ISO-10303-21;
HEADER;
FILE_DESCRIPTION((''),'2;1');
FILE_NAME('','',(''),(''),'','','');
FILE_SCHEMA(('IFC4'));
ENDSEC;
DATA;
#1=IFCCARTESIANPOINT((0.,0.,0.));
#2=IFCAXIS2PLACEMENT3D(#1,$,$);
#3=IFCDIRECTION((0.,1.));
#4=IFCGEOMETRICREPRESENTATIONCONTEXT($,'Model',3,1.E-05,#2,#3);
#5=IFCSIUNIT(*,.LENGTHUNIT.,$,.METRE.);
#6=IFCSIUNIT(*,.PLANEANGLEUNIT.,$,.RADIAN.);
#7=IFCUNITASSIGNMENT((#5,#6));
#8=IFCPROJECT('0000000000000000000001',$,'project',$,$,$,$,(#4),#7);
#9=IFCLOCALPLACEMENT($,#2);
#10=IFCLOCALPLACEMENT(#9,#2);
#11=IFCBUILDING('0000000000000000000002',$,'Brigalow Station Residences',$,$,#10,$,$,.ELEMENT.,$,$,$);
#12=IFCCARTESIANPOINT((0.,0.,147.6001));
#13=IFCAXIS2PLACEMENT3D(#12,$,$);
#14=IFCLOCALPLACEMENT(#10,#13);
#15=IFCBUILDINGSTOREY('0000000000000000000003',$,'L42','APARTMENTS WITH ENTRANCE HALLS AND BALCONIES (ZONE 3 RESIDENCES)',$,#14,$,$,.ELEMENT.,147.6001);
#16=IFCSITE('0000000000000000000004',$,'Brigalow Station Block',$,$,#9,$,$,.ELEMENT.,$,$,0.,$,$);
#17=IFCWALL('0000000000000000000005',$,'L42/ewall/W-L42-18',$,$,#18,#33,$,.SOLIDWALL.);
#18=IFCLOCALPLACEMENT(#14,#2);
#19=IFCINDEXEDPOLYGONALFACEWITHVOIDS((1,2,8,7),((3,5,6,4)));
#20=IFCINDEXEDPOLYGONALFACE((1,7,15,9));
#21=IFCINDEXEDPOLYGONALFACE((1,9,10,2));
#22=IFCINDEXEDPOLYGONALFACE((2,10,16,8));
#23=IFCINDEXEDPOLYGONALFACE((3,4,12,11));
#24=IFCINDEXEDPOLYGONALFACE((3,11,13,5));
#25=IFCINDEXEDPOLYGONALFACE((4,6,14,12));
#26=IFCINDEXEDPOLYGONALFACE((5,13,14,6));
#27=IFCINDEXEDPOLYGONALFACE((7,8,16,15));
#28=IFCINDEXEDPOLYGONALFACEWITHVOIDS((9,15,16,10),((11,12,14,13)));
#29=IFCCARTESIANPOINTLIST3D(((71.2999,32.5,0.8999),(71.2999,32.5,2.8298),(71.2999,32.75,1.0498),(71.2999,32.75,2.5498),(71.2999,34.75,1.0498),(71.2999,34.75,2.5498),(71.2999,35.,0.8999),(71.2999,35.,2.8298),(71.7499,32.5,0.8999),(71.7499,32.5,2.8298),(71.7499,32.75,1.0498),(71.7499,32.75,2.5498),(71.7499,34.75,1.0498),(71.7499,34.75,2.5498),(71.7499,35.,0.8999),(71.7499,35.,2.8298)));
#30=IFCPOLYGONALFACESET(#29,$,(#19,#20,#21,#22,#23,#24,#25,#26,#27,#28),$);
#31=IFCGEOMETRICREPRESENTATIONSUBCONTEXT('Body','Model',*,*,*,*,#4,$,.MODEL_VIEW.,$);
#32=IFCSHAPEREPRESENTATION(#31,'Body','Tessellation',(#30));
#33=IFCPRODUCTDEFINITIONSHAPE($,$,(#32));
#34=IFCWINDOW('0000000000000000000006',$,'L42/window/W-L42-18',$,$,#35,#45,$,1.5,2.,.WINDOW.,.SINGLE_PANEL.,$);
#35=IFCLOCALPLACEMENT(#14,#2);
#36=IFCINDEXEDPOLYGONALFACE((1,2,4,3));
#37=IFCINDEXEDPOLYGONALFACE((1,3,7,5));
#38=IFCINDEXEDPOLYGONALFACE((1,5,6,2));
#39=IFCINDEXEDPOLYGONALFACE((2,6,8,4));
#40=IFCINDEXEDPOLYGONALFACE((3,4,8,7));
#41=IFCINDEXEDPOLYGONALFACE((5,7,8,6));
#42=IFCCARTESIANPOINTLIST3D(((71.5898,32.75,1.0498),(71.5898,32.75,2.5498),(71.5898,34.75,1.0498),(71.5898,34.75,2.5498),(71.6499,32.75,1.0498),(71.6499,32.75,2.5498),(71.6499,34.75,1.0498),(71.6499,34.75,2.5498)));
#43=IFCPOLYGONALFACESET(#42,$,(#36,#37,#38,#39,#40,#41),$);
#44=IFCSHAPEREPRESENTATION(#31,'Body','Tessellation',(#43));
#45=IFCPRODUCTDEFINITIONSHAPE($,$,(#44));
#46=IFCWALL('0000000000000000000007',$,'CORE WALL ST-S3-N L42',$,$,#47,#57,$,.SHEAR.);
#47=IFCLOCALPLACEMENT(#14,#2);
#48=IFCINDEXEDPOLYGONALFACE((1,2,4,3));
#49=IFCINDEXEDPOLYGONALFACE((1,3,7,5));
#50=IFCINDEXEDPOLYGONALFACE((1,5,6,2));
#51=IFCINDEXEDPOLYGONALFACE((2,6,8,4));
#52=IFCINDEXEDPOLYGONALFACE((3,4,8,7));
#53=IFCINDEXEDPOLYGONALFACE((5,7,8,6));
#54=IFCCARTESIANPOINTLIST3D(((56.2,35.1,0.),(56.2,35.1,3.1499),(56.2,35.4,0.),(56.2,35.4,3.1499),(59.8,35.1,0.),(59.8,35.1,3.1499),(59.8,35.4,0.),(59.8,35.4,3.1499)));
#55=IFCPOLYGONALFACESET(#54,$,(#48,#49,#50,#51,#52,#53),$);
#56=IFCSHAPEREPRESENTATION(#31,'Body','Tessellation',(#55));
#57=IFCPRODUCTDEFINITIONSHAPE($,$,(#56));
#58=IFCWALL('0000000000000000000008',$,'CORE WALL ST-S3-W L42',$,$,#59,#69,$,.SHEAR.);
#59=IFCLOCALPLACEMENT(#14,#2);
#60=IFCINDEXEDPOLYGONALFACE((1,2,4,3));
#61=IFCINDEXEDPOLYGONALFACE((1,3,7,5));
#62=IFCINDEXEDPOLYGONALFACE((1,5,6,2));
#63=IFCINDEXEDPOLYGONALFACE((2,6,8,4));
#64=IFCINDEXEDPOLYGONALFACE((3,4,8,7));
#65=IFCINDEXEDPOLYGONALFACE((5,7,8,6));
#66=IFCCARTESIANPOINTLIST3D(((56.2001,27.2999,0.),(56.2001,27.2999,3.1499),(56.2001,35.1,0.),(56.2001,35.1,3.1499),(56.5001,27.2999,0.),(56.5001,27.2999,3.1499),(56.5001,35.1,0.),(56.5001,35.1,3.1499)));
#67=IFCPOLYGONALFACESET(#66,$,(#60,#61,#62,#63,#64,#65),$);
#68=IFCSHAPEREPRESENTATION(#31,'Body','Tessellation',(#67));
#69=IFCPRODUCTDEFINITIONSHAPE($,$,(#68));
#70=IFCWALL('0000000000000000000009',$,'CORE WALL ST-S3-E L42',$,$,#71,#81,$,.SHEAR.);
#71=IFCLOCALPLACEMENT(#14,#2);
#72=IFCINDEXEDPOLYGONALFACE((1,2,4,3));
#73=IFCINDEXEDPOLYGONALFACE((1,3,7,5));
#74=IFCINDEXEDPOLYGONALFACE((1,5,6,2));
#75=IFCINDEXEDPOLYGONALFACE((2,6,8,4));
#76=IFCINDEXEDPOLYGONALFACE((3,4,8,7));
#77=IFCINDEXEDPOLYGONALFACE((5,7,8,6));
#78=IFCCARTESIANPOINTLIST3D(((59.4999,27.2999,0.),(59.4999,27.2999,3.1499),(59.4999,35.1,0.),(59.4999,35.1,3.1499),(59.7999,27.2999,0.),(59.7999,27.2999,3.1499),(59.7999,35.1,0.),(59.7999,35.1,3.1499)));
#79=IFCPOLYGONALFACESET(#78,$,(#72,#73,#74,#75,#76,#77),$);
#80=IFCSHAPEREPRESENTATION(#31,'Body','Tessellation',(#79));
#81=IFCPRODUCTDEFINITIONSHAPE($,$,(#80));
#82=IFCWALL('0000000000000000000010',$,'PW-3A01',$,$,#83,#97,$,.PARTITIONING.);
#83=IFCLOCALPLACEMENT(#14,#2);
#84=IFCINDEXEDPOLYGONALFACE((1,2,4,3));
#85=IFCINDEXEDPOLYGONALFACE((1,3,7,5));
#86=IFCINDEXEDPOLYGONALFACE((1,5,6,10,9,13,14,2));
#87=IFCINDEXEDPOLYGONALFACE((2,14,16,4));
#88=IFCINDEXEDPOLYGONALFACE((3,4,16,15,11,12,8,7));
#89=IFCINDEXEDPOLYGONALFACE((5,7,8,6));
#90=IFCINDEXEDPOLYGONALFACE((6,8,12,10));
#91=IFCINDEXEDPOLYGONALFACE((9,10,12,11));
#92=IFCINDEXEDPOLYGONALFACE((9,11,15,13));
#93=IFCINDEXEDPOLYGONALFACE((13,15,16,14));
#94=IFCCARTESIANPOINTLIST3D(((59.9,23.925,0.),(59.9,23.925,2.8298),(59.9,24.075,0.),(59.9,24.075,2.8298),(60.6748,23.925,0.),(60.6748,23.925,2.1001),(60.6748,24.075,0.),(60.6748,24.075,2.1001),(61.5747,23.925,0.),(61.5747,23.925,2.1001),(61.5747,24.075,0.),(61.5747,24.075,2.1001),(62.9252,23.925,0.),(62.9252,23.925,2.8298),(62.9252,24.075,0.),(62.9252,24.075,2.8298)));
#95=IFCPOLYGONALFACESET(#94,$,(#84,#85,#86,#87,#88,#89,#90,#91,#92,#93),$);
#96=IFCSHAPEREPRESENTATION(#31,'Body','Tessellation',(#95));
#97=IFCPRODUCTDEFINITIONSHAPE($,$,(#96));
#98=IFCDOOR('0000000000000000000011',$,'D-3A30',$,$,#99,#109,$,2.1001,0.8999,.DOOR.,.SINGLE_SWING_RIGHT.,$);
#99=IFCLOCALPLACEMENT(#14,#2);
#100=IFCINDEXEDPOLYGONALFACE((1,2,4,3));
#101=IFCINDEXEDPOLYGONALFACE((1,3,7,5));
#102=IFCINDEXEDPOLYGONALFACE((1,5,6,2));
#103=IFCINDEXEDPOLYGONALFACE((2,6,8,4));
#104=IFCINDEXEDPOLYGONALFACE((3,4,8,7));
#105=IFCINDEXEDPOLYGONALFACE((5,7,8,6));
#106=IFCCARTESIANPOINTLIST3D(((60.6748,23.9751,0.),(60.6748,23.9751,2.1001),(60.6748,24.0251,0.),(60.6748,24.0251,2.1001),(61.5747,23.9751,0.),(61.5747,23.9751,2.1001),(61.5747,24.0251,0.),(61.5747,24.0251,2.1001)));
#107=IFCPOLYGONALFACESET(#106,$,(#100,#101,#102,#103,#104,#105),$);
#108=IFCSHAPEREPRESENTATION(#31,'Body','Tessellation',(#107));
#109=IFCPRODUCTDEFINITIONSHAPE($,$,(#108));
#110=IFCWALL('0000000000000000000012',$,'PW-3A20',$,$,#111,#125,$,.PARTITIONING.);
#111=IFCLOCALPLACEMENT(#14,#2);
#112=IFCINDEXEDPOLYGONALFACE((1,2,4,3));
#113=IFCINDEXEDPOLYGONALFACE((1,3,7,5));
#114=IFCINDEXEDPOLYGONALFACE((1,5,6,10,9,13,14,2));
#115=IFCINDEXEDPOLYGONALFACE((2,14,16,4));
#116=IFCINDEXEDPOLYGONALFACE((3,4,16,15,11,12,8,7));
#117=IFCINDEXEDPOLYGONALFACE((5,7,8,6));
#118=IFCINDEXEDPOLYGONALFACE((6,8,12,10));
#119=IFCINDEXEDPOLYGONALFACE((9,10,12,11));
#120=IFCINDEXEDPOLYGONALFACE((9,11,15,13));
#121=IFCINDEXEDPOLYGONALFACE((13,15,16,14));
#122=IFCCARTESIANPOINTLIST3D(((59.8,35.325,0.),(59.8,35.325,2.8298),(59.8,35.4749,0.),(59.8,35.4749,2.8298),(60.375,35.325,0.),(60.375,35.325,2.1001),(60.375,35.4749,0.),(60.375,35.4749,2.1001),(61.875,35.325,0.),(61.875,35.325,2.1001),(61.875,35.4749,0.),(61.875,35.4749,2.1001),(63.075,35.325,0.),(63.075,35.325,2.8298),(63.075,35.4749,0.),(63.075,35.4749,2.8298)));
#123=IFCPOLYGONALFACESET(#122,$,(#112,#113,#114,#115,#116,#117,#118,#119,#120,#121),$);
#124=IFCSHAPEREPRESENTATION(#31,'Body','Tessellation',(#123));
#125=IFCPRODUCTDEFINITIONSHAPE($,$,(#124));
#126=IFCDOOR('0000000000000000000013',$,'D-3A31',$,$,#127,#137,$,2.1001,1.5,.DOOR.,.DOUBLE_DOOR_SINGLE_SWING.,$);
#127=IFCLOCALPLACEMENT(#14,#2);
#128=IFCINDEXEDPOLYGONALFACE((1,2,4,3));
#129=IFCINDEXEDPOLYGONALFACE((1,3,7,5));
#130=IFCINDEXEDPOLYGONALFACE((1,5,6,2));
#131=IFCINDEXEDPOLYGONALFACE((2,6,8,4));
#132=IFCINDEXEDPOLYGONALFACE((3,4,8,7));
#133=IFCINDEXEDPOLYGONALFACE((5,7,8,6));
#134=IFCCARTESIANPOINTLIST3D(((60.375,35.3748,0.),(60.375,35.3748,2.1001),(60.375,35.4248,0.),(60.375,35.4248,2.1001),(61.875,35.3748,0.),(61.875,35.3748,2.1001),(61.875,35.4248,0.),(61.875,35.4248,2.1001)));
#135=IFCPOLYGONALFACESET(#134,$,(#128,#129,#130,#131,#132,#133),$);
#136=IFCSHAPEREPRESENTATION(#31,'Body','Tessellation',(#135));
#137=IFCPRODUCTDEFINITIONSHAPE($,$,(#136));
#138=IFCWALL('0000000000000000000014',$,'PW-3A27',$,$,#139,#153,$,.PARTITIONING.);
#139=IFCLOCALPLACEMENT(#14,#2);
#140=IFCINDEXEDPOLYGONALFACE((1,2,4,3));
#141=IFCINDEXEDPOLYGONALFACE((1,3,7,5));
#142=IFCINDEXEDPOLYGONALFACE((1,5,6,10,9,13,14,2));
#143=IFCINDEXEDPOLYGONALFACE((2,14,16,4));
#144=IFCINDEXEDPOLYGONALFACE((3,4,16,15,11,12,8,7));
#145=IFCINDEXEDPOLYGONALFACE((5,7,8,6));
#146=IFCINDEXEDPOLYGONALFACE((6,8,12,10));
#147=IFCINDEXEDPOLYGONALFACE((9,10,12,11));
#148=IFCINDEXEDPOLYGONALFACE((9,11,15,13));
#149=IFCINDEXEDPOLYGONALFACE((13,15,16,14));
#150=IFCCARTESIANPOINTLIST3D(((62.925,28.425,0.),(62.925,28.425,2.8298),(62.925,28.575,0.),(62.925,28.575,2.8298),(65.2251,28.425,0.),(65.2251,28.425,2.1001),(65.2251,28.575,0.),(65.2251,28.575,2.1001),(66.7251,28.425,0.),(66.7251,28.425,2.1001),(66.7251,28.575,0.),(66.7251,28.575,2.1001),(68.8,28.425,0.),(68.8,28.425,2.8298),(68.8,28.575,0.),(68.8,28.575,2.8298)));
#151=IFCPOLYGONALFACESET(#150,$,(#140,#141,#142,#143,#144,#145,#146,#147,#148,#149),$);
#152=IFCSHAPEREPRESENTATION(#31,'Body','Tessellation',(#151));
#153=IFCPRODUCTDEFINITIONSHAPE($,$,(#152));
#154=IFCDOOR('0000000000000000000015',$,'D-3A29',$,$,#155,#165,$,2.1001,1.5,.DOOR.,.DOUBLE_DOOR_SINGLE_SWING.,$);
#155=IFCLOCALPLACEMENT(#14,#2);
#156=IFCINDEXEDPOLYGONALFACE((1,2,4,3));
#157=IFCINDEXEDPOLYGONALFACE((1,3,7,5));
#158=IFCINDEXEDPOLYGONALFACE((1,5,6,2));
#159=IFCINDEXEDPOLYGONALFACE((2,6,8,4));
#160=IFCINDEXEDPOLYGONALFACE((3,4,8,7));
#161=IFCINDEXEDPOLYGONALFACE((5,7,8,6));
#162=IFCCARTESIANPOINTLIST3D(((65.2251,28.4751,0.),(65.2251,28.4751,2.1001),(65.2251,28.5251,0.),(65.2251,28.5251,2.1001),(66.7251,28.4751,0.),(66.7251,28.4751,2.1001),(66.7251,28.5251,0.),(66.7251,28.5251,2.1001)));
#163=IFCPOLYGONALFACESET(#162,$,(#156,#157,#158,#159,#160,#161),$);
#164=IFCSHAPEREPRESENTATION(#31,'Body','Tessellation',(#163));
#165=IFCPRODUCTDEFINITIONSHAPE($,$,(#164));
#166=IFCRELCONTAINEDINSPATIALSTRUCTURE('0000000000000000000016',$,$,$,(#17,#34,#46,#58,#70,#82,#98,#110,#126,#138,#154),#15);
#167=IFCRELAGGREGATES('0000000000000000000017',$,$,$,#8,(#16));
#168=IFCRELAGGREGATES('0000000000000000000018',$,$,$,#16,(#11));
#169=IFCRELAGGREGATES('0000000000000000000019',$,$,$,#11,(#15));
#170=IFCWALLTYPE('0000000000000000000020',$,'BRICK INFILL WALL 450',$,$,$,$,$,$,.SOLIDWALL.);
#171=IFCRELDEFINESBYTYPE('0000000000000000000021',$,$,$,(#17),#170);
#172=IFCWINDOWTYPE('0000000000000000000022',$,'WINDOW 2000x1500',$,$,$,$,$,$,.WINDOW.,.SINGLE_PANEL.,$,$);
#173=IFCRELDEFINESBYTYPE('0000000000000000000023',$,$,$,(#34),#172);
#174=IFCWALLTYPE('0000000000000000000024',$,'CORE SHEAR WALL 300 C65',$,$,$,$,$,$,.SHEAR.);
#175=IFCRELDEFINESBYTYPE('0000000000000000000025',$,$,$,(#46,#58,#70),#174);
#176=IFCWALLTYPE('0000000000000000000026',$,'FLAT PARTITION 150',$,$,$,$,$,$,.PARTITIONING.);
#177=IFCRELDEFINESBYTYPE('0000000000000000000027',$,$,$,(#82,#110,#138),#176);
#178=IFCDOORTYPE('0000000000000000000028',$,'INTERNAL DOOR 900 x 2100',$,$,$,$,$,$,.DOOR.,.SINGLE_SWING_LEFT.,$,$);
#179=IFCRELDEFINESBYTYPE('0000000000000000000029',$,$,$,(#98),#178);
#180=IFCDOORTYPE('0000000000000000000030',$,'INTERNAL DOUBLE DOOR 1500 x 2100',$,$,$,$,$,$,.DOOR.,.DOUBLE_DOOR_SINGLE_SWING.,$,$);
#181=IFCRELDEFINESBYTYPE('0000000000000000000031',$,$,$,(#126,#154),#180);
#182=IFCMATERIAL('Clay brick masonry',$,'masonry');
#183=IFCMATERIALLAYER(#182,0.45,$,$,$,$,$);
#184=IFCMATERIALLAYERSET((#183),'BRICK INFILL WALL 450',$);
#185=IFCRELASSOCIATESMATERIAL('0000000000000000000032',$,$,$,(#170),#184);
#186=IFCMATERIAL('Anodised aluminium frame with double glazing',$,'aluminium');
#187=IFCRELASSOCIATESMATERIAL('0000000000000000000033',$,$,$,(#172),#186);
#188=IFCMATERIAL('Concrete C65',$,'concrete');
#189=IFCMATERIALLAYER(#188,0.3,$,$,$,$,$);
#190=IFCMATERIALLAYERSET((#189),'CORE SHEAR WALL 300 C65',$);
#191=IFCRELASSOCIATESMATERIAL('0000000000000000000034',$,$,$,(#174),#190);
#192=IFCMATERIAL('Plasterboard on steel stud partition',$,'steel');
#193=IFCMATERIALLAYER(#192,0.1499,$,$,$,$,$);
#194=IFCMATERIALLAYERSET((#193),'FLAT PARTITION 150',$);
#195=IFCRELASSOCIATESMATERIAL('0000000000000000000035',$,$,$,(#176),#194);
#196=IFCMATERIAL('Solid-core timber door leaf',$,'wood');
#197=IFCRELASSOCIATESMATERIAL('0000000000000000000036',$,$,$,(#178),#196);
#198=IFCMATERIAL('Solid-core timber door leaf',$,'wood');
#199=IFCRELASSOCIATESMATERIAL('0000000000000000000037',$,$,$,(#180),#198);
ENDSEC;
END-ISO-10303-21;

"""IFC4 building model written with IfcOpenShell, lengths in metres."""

from ifc_helpers import new_model, si_unit, direction, frame, frame_2d, origin, place, context, subcontext, project, spatial, rectangle, extrude, material, layer, layer_set, type_object, element, fill, save


model = new_model("IFC4")

# Units and contexts
model_context = context("Model", 3, precision=1e-05, world=origin(), true_north=direction((0.0, 1.0)))
body_context = subcontext(model_context, "Body", "Model", "MODEL_VIEW")
ifc_project = project(units=[si_unit("LENGTHUNIT", "METRE"), si_unit("PLANEANGLEUNIT", "RADIAN")], contexts=[model_context])

# Site, building, storey
site_placement = place(None, origin())
site = spatial("IfcSite", under=ifc_project, at=site_placement, Name="Brigalow Station Block", CompositionType="ELEMENT", RefElevation=0.0)
building_placement = place(site_placement, origin())
building = spatial("IfcBuilding", under=site, at=building_placement, Name="Brigalow Station Residences", CompositionType="ELEMENT")
storey_placement = place(building_placement, frame((0.0, 0.0, 147.6001)))
storey = spatial("IfcBuildingStorey", under=building, at=storey_placement, Name="L42", Description="APARTMENTS WITH ENTRANCE HALLS AND BALCONIES (ZONE 3 RESIDENCES)", CompositionType="ELEMENT", Elevation=147.6001)

# Shared definitions
ifc_material_1 = material(Name="Clay brick masonry", Category="masonry")
ifc_layer_1 = layer(ifc_material_1, 0.45)
ifc_layer_set_1 = layer_set([ifc_layer_1], Name="BRICK INFILL WALL 450")
wall_type_1 = type_object("IfcWallType", Name="BRICK INFILL WALL 450", PredefinedType="SOLIDWALL", material=ifc_layer_set_1)

# Wall, opening, window
wall_1_placement = place(storey_placement, frame((71.5249, 32.5, 0.8999), z_axis=(0.0, 0.0, 1.0), x_axis=(0.0, 1.0, 0.0)))
wall_1 = element("IfcWall", 1, at=wall_1_placement, inside=storey, type_object=wall_type_1, Name="L42/ewall/W-L42-18", PredefinedType="SOLIDWALL", context=body_context, shape_type="SweptSolid", body=[
    extrude(rectangle(XDim=2.5, YDim=0.45, at=frame_2d((1.25, 0.0))), origin(), (0.0, 0.0, 1.0), 1.9299),
])
opening_1_placement = place(wall_1_placement, frame((0.25, 0.0, 0.1499)))
opening_1 = element("IfcOpeningElement", 2, at=opening_1_placement, cuts=wall_1, PredefinedType="OPENING", context=body_context, shape_type="SweptSolid", body=[
    extrude(rectangle(XDim=2.0, YDim=1.5, at=frame_2d((1.0, 0.75))), frame((0.0, 0.2349, 0.0), z_axis=(0.0, -1.0, 0.0), x_axis=(1.0, 0.0, 0.0)), (0.0, 0.0, 1.0), 0.47),
])
ifc_material_2 = material(Name="Anodised aluminium frame with double glazing", Category="aluminium")
window_type_1 = type_object("IfcWindowType", Name="WINDOW 2000x1500", PartitioningType="SINGLE_PANEL", PredefinedType="WINDOW", material=ifc_material_2)
window_1_placement = place(opening_1_placement, origin())
window_1 = element("IfcWindow", 3, at=window_1_placement, inside=storey, type_object=window_type_1, Name="L42/window/W-L42-18", OverallHeight=1.5, OverallWidth=2.0, PartitioningType="SINGLE_PANEL", PredefinedType="WINDOW", context=body_context, shape_type="SweptSolid", body=[
    extrude(rectangle(XDim=2.0, YDim=1.5, at=frame_2d((1.0, 0.75))), frame((0.0, -0.0649, 0.0), z_axis=(0.0, -1.0, 0.0), x_axis=(1.0, 0.0, 0.0)), (0.0, 0.0, 1.0), 0.0601),
])
fill(opening_1, window_1)

# Walls
ifc_material_3 = material(Name="Concrete C65", Category="concrete")
ifc_layer_2 = layer(ifc_material_3, 0.3)
ifc_layer_set_2 = layer_set([ifc_layer_2], Name="CORE SHEAR WALL 300 C65")
wall_type_2 = type_object("IfcWallType", Name="CORE SHEAR WALL 300 C65", PredefinedType="SHEAR", material=ifc_layer_set_2)
wall_2_placement = place(storey_placement, frame((56.2, 35.25, 0.0), z_axis=(0.0, 0.0, 1.0), x_axis=(1.0, 0.0, 0.0)))
element("IfcWall", 4, at=wall_2_placement, inside=storey, type_object=wall_type_2, Name="CORE WALL ST-S3-N L42", PredefinedType="SHEAR", context=body_context, shape_type="SweptSolid", body=[
    extrude(rectangle(XDim=3.6001, YDim=0.3, at=frame_2d((1.8, 0.0))), origin(), (0.0, 0.0, 1.0), 3.1499),
])
for number, where, z_axis, x_axis, name in (
    (5, (56.3501, 27.3, 0.0), (0.0, 0.0, 1.0), (0.0, 1.0, 0.0), "CORE WALL ST-S3-W L42"),
    (6, (59.6499, 27.3, 0.0), (0.0, 0.0, 1.0), (0.0, 1.0, 0.0), "CORE WALL ST-S3-E L42"),
):
    element("IfcWall", number, at=place(storey_placement, frame(where, z_axis=z_axis, x_axis=x_axis)), inside=storey, type_object=wall_type_2, Name=name, PredefinedType="SHEAR", context=body_context, shape_type="SweptSolid", body=[
        extrude(rectangle(XDim=7.8, YDim=0.3, at=frame_2d((3.8999, 0.0))), origin(), (0.0, 0.0, 1.0), 3.1499),
    ])

# Walls, openings, doors
ifc_material_4 = material(Name="Plasterboard on steel stud partition", Category="steel")
ifc_layer_3 = layer(ifc_material_4, 0.1499)
ifc_layer_set_3 = layer_set([ifc_layer_3], Name="FLAT PARTITION 150")
wall_type_3 = type_object("IfcWallType", Name="FLAT PARTITION 150", PredefinedType="PARTITIONING", material=ifc_layer_set_3)
wall_3_placement = place(storey_placement, frame((59.8999, 24.0, 0.0), z_axis=(0.0, 0.0, 1.0), x_axis=(1.0, 0.0, 0.0)))
wall_3 = element("IfcWall", 7, at=wall_3_placement, inside=storey, type_object=wall_type_3, Name="PW-3A01", PredefinedType="PARTITIONING", context=body_context, shape_type="SweptSolid", body=[
    extrude(rectangle(XDim=3.0251, YDim=0.1499, at=frame_2d((1.5127, 0.0))), origin(), (0.0, 0.0, 1.0), 2.8298),
])
opening_2_placement = place(wall_3_placement, frame((0.7749, 0.0, 0.0)))
opening_2 = element("IfcOpeningElement", 8, at=opening_2_placement, cuts=wall_3, PredefinedType="OPENING", context=body_context, shape_type="SweptSolid", body=[
    extrude(rectangle(XDim=0.8999, YDim=2.1001, at=frame_2d((0.45, 1.05))), frame((0.0, 0.085, 0.0), z_axis=(0.0, -1.0, 0.0), x_axis=(1.0, 0.0, 0.0)), (0.0, 0.0, 1.0), 0.1699),
])
ifc_material_5 = material(Name="Solid-core timber door leaf", Category="wood")
door_type_1 = type_object("IfcDoorType", Name="INTERNAL DOOR 900 x 2100", OperationType="SINGLE_SWING_LEFT", PredefinedType="DOOR", material=ifc_material_5)
door_1_placement = place(opening_2_placement, frame((0.8999, 0.0, 0.0), z_axis=(0.0, 0.0, 1.0), x_axis=(-1.0, 0.0, 0.0)))
door_1 = element("IfcDoor", 9, at=door_1_placement, inside=storey, type_object=door_type_1, Name="D-3A30", OperationType="SINGLE_SWING_RIGHT", OverallHeight=2.1001, OverallWidth=0.8999, PredefinedType="DOOR", context=body_context, shape_type="SweptSolid", body=[
    extrude(rectangle(XDim=0.8999, YDim=2.1001, at=frame_2d((0.45, 1.05))), frame((0.0, 0.0249, 0.0), z_axis=(0.0, -1.0, 0.0), x_axis=(1.0, 0.0, 0.0)), (0.0, 0.0, 1.0), 0.05),
])
fill(opening_2, door_1)
wall_4_placement = place(storey_placement, frame((59.8, 35.3999, 0.0), z_axis=(0.0, 0.0, 1.0), x_axis=(1.0, 0.0, 0.0)))
wall_4 = element("IfcWall", 10, at=wall_4_placement, inside=storey, type_object=wall_type_3, Name="PW-3A20", PredefinedType="PARTITIONING", context=body_context, shape_type="SweptSolid", body=[
    extrude(rectangle(XDim=3.2749, YDim=0.1499, at=frame_2d((1.6375, 0.0))), origin(), (0.0, 0.0, 1.0), 2.8298),
])
opening_3_placement = place(wall_4_placement, frame((0.575, 0.0, 0.0)))
opening_3 = element("IfcOpeningElement", 11, at=opening_3_placement, cuts=wall_4, PredefinedType="OPENING", context=body_context, shape_type="SweptSolid", body=[
    extrude(rectangle(XDim=1.5, YDim=2.1001, at=frame_2d((0.75, 1.05))), frame((0.0, 0.085, 0.0), z_axis=(0.0, -1.0, 0.0), x_axis=(1.0, 0.0, 0.0)), (0.0, 0.0, 1.0), 0.1699),
])
ifc_material_6 = material(Name="Solid-core timber door leaf", Category="wood")
door_type_2 = type_object("IfcDoorType", Name="INTERNAL DOUBLE DOOR 1500 x 2100", OperationType="DOUBLE_DOOR_SINGLE_SWING", PredefinedType="DOOR", material=ifc_material_6)
door_2_placement = place(opening_3_placement, origin())
door_2 = element("IfcDoor", 12, at=door_2_placement, inside=storey, type_object=door_type_2, Name="D-3A31", OperationType="DOUBLE_DOOR_SINGLE_SWING", OverallHeight=2.1001, OverallWidth=1.5, PredefinedType="DOOR", context=body_context, shape_type="SweptSolid", body=[
    extrude(rectangle(XDim=1.5, YDim=2.1001, at=frame_2d((0.75, 1.05))), frame((0.0, 0.0249, 0.0), z_axis=(0.0, -1.0, 0.0), x_axis=(1.0, 0.0, 0.0)), (0.0, 0.0, 1.0), 0.05),
])
fill(opening_3, door_2)
wall_5_placement = place(storey_placement, frame((62.925, 28.5, 0.0), z_axis=(0.0, 0.0, 1.0), x_axis=(1.0, 0.0, 0.0)))
wall_5 = element("IfcWall", 13, at=wall_5_placement, inside=storey, type_object=wall_type_3, Name="PW-3A27", PredefinedType="PARTITIONING", context=body_context, shape_type="SweptSolid", body=[
    extrude(rectangle(XDim=5.875, YDim=0.1499, at=frame_2d((2.9375, 0.0))), origin(), (0.0, 0.0, 1.0), 2.8298),
])
opening_4_placement = place(wall_5_placement, frame((2.3, 0.0, 0.0)))
opening_4 = element("IfcOpeningElement", 14, at=opening_4_placement, cuts=wall_5, PredefinedType="OPENING", context=body_context, shape_type="SweptSolid", body=[
    extrude(rectangle(XDim=1.5, YDim=2.1001, at=frame_2d((0.75, 1.05))), frame((0.0, 0.085, 0.0), z_axis=(0.0, -1.0, 0.0), x_axis=(1.0, 0.0, 0.0)), (0.0, 0.0, 1.0), 0.1699),
])
door_3_placement = place(opening_4_placement, frame((1.5, 0.0, 0.0), z_axis=(0.0, 0.0, 1.0), x_axis=(-1.0, 0.0, 0.0)))
door_3 = element("IfcDoor", 15, at=door_3_placement, inside=storey, type_object=door_type_2, Name="D-3A29", OperationType="DOUBLE_DOOR_SINGLE_SWING", OverallHeight=2.1001, OverallWidth=1.5, PredefinedType="DOOR", context=body_context, shape_type="SweptSolid", body=[
    extrude(rectangle(XDim=1.5, YDim=2.1001, at=frame_2d((0.75, 1.05))), frame((0.0, 0.0249, 0.0), z_axis=(0.0, -1.0, 0.0), x_axis=(1.0, 0.0, 0.0)), (0.0, 0.0, 1.0), 0.05),
])
fill(opening_4, door_3)

save(model, "model.ifc")
